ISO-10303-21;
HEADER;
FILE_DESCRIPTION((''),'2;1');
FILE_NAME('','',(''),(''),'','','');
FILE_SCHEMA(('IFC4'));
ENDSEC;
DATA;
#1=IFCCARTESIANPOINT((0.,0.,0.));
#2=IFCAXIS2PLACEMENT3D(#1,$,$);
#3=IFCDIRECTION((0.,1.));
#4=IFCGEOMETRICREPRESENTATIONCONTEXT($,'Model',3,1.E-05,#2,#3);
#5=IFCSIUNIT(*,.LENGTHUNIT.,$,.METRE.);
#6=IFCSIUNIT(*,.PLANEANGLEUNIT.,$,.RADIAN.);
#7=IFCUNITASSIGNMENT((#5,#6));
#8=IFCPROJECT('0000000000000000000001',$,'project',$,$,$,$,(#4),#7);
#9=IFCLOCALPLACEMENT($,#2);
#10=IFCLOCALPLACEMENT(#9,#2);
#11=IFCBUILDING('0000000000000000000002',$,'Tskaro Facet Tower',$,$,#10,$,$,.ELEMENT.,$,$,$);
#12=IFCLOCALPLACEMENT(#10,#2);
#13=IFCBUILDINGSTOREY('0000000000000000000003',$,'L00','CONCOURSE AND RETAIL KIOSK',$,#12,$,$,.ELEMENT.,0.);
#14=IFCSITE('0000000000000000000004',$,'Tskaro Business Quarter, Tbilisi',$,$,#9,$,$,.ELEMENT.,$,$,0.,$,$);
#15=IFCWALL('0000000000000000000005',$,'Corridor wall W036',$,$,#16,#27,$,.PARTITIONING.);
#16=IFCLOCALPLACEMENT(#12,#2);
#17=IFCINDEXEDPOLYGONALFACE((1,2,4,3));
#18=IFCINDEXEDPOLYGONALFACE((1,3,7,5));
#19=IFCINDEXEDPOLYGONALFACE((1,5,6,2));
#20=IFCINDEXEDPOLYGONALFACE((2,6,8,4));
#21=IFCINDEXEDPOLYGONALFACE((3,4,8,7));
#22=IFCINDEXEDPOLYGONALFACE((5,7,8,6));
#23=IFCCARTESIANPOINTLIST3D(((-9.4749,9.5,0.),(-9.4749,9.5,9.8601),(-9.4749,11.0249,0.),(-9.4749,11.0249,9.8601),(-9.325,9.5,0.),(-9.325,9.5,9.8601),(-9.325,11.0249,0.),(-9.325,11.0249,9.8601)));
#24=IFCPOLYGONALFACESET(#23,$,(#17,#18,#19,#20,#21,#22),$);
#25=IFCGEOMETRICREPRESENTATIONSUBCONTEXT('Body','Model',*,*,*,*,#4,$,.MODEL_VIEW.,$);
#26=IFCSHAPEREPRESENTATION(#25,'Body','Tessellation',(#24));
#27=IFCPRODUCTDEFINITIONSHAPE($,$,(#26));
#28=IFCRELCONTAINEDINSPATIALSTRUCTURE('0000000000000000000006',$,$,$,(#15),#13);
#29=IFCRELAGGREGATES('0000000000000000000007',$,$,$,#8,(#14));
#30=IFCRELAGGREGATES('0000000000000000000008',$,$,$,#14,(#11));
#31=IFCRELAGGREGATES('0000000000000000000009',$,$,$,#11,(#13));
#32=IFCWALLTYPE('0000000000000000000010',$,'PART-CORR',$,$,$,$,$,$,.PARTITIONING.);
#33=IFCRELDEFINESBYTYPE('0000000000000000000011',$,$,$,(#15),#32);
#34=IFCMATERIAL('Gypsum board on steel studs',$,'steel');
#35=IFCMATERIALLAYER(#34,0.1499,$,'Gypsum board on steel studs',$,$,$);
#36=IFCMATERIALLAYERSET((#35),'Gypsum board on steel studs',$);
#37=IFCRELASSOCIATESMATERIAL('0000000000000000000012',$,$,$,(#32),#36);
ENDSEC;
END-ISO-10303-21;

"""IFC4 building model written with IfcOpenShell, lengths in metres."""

from ifc_helpers import new_model, si_unit, direction, frame, frame_2d, origin, place, context, subcontext, project, spatial, rectangle, extrude, material, layer, layer_set, type_object, element, save


model = new_model("IFC4")

# Units and contexts
model_context = context("Model", 3, precision=1e-05, world=origin(), true_north=direction((0.0, 1.0)))
body_context = subcontext(model_context, "Body", "Model", "MODEL_VIEW")
ifc_project = project(units=[si_unit("LENGTHUNIT", "METRE"), si_unit("PLANEANGLEUNIT", "RADIAN")], contexts=[model_context])

# Site, building, storey
site_placement = place(None, origin())
site = spatial("IfcSite", under=ifc_project, at=site_placement, Name="Tskaro Business Quarter, Tbilisi", CompositionType="ELEMENT", RefElevation=0.0)
building_placement = place(site_placement, origin())
building = spatial("IfcBuilding", under=site, at=building_placement, Name="Tskaro Facet Tower", CompositionType="ELEMENT")
storey_placement = place(building_placement, origin())
storey = spatial("IfcBuildingStorey", under=building, at=storey_placement, Name="L00", Description="CONCOURSE AND RETAIL KIOSK", CompositionType="ELEMENT", Elevation=0.0)

# Wall
ifc_material_1 = material(Name="Gypsum board on steel studs", Category="steel")
ifc_layer = layer(ifc_material_1, 0.1499, Name="Gypsum board on steel studs")
ifc_layer_set = layer_set([ifc_layer], Name="Gypsum board on steel studs")
wall_type = type_object("IfcWallType", Name="PART-CORR", PredefinedType="PARTITIONING", material=ifc_layer_set)
wall_1_placement = place(storey_placement, frame((-9.3999, 9.5, 0.0), z_axis=(0.0, 0.0, 1.0), x_axis=(0.0, 1.0, 0.0)))
element("IfcWall", 1, at=wall_1_placement, inside=storey, type_object=wall_type, Name="Corridor wall W036", PredefinedType="PARTITIONING", context=body_context, shape_type="SweptSolid", body=[
    extrude(rectangle(XDim=1.5249, YDim=0.1499, at=frame_2d((0.7625, 0.0))), origin(), (0.0, 0.0, 1.0), 9.8601),
])

save(model, "model.ifc")
